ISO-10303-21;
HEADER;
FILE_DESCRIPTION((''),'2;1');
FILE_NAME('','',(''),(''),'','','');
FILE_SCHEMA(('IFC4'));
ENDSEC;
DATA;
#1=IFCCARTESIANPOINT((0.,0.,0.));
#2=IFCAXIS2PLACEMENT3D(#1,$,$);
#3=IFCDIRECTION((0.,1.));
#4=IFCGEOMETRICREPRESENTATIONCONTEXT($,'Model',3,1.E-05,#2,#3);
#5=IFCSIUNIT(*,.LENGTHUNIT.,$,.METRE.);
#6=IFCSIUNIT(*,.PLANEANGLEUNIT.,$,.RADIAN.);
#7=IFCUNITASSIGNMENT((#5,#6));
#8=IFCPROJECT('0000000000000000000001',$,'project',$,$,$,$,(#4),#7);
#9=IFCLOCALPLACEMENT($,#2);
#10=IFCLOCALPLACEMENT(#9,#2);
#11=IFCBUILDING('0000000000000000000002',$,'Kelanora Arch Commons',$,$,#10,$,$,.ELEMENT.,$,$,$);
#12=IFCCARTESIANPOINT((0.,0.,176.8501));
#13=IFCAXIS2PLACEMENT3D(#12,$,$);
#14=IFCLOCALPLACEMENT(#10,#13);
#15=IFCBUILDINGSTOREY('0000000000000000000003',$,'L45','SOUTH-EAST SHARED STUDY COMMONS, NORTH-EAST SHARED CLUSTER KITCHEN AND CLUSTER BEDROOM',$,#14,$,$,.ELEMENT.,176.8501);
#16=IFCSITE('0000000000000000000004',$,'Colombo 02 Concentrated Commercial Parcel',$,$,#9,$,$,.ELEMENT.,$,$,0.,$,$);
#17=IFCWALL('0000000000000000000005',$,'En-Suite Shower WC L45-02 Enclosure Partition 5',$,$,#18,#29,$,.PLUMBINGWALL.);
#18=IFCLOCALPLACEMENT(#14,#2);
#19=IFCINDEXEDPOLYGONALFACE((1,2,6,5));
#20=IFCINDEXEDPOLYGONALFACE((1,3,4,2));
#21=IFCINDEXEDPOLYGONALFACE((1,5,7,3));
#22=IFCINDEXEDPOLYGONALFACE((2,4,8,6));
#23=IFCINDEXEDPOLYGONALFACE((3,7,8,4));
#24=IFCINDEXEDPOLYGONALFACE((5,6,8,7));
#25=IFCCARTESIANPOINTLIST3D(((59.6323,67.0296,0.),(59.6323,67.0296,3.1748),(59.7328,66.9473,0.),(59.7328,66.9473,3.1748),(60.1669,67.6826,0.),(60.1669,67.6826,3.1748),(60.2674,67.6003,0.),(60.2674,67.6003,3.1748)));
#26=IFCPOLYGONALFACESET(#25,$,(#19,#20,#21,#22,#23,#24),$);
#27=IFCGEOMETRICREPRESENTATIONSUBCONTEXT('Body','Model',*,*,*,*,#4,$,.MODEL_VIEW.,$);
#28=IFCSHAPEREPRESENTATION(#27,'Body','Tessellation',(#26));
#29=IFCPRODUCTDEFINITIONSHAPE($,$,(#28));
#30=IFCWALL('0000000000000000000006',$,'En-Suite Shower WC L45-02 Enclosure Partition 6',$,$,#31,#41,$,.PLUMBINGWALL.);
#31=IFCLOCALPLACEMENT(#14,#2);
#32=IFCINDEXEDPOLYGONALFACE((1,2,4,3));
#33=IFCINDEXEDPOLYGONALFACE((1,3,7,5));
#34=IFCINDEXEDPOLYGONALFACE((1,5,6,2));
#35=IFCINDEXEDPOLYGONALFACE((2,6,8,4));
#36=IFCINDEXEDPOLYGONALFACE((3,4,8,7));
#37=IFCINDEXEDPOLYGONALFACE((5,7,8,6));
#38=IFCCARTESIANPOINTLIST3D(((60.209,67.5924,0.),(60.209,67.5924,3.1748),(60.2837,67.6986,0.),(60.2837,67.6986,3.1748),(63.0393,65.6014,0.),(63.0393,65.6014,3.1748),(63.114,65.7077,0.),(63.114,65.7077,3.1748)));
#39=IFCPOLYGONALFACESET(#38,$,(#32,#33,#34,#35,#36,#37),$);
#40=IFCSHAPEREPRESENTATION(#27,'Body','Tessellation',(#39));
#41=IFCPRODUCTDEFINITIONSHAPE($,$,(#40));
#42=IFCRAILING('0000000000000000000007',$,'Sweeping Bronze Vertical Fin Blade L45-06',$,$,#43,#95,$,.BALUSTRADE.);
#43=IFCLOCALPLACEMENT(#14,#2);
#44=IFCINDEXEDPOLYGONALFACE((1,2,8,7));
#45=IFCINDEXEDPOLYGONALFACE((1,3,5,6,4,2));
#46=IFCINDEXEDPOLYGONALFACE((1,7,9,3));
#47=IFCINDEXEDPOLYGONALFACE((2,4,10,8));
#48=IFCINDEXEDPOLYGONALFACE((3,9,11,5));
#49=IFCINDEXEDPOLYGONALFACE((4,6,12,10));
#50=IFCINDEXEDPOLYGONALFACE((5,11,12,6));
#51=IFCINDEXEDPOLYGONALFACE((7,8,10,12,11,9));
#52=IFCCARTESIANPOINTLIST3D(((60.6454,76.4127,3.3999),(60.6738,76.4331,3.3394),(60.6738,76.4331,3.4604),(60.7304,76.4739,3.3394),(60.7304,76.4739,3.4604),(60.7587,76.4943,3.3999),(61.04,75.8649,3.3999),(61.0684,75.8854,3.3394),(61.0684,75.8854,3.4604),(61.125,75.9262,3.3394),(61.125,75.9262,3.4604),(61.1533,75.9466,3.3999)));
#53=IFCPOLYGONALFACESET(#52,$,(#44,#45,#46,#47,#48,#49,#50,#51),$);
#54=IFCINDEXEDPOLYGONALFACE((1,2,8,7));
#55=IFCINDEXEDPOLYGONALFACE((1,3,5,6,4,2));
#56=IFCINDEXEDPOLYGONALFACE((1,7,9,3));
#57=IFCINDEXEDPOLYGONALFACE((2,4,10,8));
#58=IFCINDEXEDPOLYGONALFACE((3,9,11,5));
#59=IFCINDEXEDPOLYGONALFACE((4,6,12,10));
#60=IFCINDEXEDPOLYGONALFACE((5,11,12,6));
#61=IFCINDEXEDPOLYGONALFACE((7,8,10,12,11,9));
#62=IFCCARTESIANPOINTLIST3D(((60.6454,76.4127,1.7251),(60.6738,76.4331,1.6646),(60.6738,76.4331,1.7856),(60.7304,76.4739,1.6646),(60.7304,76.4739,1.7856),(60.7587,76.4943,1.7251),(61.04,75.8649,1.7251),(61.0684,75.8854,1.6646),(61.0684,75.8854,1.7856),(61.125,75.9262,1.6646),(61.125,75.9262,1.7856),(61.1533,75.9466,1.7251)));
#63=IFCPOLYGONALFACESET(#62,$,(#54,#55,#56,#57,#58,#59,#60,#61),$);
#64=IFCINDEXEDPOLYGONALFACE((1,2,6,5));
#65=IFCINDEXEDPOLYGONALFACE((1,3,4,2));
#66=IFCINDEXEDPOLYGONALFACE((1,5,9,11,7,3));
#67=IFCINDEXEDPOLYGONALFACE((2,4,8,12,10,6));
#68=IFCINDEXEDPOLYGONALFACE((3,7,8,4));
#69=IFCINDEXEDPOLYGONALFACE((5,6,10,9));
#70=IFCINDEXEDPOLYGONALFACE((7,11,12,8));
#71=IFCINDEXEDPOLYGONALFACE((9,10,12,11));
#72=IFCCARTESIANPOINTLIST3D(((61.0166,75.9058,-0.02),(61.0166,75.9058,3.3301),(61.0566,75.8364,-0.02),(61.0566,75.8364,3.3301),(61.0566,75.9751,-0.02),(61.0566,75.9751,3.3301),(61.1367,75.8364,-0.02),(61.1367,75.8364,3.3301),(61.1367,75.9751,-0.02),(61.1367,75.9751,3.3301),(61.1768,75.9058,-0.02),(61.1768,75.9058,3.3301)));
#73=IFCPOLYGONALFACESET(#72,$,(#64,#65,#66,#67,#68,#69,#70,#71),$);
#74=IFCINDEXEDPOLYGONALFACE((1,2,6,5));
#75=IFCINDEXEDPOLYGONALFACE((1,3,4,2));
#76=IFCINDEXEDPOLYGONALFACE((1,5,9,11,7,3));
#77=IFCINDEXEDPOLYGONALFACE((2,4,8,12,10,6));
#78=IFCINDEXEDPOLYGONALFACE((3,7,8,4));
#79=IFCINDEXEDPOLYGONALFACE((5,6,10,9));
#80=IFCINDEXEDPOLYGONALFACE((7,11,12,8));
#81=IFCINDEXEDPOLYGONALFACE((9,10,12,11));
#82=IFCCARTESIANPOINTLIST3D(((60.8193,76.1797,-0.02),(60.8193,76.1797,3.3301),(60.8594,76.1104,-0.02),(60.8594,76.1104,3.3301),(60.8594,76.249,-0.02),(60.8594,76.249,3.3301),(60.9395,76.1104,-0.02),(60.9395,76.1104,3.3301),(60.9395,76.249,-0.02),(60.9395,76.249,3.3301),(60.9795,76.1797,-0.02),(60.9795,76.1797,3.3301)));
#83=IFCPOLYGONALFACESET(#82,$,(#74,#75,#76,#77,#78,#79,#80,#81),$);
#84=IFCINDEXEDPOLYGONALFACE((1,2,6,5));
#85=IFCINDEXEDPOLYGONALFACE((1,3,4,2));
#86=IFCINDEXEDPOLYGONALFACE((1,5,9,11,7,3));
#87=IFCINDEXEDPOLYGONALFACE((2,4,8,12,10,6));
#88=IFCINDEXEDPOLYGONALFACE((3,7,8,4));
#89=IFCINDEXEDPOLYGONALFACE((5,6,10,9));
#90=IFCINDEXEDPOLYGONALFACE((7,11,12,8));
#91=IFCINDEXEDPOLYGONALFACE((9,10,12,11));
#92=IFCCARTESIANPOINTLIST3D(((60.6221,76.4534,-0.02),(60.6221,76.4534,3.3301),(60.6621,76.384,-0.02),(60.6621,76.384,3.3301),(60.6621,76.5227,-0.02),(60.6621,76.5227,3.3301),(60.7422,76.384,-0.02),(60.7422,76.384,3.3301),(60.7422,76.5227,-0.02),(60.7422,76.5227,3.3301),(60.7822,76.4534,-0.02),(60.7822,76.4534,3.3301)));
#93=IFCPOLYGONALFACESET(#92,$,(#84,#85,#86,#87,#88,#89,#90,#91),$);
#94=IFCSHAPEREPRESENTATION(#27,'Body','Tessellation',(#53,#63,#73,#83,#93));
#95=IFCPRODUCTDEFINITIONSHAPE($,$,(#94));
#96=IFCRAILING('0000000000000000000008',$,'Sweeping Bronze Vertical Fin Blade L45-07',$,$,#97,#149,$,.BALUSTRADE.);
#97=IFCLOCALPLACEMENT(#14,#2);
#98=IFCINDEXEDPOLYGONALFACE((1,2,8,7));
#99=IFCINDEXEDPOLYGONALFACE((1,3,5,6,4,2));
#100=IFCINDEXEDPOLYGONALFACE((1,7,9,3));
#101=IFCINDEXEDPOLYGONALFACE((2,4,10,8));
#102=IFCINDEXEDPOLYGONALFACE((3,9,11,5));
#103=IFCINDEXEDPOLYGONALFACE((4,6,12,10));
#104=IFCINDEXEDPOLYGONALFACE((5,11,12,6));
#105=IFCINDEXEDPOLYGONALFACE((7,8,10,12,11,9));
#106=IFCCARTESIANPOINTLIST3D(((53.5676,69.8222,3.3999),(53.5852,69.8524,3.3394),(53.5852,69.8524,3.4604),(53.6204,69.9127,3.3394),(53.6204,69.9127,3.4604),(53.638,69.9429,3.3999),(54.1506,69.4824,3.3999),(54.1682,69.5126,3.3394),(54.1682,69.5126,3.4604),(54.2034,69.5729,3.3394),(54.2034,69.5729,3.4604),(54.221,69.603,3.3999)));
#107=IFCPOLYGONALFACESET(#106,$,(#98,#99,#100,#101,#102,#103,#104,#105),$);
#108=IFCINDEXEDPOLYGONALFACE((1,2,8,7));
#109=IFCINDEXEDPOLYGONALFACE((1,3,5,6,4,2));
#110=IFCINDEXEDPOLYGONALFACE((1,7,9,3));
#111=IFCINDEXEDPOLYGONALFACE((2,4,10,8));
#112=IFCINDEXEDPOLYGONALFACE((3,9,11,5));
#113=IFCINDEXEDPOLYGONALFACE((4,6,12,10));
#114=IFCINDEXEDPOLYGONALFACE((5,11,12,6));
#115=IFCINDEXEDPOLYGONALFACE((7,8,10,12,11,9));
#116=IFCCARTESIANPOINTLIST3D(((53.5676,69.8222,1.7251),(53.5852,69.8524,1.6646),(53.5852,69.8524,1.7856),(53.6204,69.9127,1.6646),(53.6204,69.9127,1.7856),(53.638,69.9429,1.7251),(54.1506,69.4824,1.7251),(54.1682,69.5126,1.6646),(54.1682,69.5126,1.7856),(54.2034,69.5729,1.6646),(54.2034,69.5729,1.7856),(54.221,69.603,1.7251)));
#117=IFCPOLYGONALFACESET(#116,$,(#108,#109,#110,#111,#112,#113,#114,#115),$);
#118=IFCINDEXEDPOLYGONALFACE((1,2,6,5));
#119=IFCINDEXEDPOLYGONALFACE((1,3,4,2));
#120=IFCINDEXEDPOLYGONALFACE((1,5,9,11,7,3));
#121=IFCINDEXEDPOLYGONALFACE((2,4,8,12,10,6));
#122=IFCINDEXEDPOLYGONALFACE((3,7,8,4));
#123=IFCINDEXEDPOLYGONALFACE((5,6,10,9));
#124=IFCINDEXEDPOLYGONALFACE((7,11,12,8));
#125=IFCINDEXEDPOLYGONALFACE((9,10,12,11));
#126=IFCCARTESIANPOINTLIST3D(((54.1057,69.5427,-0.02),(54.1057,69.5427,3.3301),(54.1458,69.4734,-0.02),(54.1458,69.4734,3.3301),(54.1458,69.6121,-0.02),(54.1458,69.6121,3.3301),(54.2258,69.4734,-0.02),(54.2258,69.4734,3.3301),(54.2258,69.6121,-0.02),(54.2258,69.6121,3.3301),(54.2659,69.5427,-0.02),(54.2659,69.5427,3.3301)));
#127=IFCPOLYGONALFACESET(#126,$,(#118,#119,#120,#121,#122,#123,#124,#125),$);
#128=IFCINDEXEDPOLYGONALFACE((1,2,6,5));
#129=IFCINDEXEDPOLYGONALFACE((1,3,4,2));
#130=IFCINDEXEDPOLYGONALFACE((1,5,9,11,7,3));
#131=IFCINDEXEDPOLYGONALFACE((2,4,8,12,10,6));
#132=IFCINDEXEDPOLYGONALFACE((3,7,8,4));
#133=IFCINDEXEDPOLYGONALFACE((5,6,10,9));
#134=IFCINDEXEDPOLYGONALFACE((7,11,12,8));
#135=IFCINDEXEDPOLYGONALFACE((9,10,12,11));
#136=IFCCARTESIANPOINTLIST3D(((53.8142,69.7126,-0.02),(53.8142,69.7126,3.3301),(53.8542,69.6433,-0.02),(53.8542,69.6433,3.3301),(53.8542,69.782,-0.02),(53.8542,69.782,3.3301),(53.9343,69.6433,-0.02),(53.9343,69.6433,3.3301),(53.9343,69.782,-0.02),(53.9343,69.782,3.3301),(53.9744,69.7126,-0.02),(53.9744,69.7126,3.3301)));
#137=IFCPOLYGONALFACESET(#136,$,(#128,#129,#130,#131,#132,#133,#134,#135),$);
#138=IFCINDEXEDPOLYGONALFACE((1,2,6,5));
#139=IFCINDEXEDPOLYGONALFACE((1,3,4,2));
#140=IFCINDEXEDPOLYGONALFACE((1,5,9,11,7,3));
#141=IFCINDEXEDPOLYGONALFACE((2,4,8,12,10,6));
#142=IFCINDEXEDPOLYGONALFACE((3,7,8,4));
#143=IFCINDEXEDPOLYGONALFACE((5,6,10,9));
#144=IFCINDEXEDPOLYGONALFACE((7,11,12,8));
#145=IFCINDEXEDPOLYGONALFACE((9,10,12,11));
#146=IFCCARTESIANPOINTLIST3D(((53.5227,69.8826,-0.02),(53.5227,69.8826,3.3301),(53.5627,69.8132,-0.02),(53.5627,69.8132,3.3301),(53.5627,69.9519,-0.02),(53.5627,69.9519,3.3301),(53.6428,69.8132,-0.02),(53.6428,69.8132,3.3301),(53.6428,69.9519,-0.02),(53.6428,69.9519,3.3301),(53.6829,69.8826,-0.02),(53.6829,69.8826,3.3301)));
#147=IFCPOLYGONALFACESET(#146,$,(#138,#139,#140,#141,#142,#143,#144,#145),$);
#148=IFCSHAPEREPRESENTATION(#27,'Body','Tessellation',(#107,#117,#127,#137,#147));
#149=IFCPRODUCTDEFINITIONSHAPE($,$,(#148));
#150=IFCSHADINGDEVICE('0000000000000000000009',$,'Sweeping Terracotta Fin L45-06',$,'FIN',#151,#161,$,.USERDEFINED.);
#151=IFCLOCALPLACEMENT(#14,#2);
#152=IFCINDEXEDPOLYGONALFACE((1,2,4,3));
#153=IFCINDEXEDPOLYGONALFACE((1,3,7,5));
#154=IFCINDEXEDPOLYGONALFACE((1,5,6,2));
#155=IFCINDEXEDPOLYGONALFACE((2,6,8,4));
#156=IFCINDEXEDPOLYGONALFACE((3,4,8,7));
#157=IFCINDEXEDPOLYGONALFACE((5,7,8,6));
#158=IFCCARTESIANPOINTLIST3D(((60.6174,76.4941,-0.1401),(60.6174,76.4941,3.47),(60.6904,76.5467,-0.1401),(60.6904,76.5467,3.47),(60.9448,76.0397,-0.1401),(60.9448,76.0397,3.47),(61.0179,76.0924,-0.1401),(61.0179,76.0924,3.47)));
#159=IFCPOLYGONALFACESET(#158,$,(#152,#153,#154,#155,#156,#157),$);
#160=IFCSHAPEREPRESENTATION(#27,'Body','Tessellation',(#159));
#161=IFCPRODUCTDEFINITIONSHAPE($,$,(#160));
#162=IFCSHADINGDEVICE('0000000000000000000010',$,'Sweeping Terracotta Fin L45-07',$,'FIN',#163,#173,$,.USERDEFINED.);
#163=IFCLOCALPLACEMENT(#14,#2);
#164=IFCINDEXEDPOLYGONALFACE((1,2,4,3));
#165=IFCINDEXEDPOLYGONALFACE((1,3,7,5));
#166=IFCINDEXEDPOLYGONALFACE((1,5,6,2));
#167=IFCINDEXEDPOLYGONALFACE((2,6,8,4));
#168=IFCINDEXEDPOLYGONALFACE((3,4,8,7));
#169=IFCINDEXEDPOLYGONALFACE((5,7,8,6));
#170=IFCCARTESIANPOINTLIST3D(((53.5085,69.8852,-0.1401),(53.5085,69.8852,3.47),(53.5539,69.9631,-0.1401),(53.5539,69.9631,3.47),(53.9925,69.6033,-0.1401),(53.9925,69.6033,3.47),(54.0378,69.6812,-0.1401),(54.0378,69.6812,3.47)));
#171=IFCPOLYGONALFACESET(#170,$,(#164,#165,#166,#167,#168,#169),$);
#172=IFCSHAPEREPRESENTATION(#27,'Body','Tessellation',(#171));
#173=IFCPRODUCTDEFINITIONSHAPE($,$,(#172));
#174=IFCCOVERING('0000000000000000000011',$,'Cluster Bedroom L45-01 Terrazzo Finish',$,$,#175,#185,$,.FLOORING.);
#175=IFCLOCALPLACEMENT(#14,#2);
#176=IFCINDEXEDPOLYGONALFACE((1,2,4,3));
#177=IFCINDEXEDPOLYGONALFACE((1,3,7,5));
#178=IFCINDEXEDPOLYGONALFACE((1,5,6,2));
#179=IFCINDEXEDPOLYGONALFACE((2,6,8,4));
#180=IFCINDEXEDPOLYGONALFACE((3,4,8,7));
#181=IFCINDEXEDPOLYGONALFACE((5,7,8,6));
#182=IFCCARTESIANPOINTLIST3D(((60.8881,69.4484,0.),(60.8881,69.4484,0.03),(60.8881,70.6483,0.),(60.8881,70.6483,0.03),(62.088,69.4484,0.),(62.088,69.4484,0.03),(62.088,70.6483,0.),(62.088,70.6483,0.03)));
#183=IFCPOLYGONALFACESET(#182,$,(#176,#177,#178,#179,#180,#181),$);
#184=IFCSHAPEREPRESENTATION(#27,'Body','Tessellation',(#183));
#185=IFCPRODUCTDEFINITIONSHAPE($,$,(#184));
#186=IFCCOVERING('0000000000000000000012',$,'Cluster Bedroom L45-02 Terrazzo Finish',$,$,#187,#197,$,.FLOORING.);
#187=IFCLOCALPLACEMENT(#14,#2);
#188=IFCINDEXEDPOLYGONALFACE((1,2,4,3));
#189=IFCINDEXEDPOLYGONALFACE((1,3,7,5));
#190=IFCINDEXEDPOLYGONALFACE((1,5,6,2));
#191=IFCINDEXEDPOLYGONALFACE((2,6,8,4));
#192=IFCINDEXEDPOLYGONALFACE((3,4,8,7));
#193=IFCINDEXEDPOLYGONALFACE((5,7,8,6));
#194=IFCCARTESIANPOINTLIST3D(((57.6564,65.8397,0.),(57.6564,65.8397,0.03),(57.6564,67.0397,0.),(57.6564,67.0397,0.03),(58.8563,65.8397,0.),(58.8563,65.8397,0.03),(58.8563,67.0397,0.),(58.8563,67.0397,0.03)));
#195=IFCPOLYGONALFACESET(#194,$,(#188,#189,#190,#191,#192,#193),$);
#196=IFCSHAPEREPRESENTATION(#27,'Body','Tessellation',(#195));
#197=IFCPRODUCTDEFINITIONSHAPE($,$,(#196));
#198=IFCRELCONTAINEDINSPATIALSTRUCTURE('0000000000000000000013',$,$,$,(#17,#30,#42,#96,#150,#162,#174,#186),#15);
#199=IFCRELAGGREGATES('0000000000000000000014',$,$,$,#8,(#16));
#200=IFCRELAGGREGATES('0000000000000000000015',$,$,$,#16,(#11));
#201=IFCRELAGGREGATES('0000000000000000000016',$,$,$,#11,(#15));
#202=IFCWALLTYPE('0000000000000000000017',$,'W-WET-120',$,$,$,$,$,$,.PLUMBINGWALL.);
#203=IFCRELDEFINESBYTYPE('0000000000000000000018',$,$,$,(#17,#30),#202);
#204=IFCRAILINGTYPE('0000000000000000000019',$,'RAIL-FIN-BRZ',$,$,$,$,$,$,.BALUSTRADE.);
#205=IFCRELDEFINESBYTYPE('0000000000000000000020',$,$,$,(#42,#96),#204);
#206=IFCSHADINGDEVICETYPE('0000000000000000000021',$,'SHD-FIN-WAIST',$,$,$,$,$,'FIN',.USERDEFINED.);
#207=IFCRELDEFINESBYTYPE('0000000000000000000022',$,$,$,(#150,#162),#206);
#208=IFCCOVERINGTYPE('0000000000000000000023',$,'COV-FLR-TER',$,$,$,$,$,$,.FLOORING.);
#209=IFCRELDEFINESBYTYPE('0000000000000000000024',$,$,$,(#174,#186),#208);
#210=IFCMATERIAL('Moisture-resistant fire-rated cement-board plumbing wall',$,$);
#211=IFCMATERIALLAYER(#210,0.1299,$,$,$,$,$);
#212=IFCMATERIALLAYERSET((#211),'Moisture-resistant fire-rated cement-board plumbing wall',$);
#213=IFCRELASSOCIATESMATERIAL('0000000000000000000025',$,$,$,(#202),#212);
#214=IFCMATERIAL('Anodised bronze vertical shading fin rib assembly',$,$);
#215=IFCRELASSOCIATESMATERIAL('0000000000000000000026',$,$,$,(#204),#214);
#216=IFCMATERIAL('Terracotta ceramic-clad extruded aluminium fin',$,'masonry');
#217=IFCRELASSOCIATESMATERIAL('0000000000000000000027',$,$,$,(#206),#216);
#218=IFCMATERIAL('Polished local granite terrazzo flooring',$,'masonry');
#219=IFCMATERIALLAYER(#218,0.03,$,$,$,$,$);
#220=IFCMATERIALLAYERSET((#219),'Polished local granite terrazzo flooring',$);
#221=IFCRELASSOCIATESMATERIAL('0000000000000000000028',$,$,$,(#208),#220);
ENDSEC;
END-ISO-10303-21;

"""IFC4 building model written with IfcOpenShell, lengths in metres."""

from ifc_helpers import new_model, si_unit, direction, frame, frame_2d, origin, origin_2d, place, context, subcontext, project, spatial, polyline, rectangle, outline, extrude, source, transform, mapped, material, layer, layer_set, type_object, element, save


model = new_model("IFC4")

# Units and contexts
model_context = context("Model", 3, precision=1e-05, world=origin(), true_north=direction((0.0, 1.0)))
body_context = subcontext(model_context, "Body", "Model", "MODEL_VIEW")
ifc_project = project(units=[si_unit("LENGTHUNIT", "METRE"), si_unit("PLANEANGLEUNIT", "RADIAN")], contexts=[model_context])

# Site, building, storey
site_placement = place(None, origin())
site = spatial("IfcSite", under=ifc_project, at=site_placement, Name="Colombo 02 Concentrated Commercial Parcel", CompositionType="ELEMENT", RefElevation=0.0)
building_placement = place(site_placement, origin())
building = spatial("IfcBuilding", under=site, at=building_placement, Name="Kelanora Arch Commons", CompositionType="ELEMENT")
storey_placement = place(building_placement, frame((0.0, 0.0, 176.8501)))
storey = spatial("IfcBuildingStorey", under=building, at=storey_placement, Name="L45", Description="SOUTH-EAST SHARED STUDY COMMONS, NORTH-EAST SHARED CLUSTER KITCHEN AND CLUSTER BEDROOM", CompositionType="ELEMENT", Elevation=176.8501)

# Walls
ifc_material_1 = material(Name="Moisture-resistant fire-rated cement-board plumbing wall")
ifc_layer_1 = layer(ifc_material_1, 0.1299)
ifc_layer_set_1 = layer_set([ifc_layer_1], Name="Moisture-resistant fire-rated cement-board plumbing wall")
wall_type_1 = type_object("IfcWallType", Name="W-WET-120", PredefinedType="PLUMBINGWALL", material=ifc_layer_set_1)
wall_1_placement = place(storey_placement, frame((59.6826, 66.9885, 0.0), z_axis=(0.0, 0.0, 1.0), x_axis=(0.633474, 0.773764, 0.0)))
element("IfcWall", 1, at=wall_1_placement, inside=storey, type_object=wall_type_1, Name="En-Suite Shower WC L45-02 Enclosure Partition 5", PredefinedType="PLUMBINGWALL", context=body_context, shape_type="SweptSolid", body=[
    extrude(rectangle(XDim=0.844, YDim=0.1299, at=frame_2d((0.4219, 0.0))), origin(), (0.0, 0.0, 1.0), 3.1748),
])
wall_2_placement = place(storey_placement, frame((60.2463, 67.6455, 0.0), z_axis=(0.0, 0.0, 1.0), x_axis=(0.817907, -0.57535, 0.0)))
element("IfcWall", 2, at=wall_2_placement, inside=storey, type_object=wall_type_1, Name="En-Suite Shower WC L45-02 Enclosure Partition 6", PredefinedType="PLUMBINGWALL", context=body_context, shape_type="SweptSolid", body=[
    extrude(rectangle(XDim=3.4604, YDim=0.1299, at=frame_2d((1.7302, 0.0))), origin(), (0.0, 0.0, 1.0), 3.1748),
])

# Railings
ifc_material_2 = material(Name="Anodised bronze vertical shading fin rib assembly")
railing_type = type_object("IfcRailingType", Name="RAIL-FIN-BRZ", PredefinedType="BALUSTRADE", material=ifc_material_2)
railing_1_placement = place(storey_placement, frame((61.0967, 75.9058, -0.02)))
element("IfcRailing", 3, at=railing_1_placement, inside=storey, type_object=railing_type, Name="Sweeping Bronze Vertical Fin Blade L45-06", PredefinedType="BALUSTRADE", context=body_context, shape_type="SweptSolid", body=[
    extrude(outline(polyline([(0.0698, 0.0), (0.0349, 0.0605), (-0.0349, 0.0605), (-0.0698, 0.0), (-0.0349, -0.0605), (0.0349, -0.0605), (0.0698, 0.0)])), frame((0.0, 0.0, 3.4199), z_axis=(-0.584552, 0.811356, 0.0), x_axis=(-0.811356, -0.584552, 0.0)), (0.0, 0.0, 1.0), 0.675),
    extrude(outline(polyline([(0.0698, 0.0), (0.0349, 0.0605), (-0.0349, 0.0605), (-0.0698, 0.0), (-0.0349, -0.0605), (0.0349, -0.0605), (0.0698, 0.0)])), frame((0.0, 0.0, 1.7451), z_axis=(-0.584552, 0.811356, 0.0), x_axis=(-0.811356, -0.584552, 0.0)), (0.0, 0.0, 1.0), 0.675),
    extrude(outline(polyline([(0.0801, 0.0), (0.04, 0.0693), (-0.04, 0.0693), (-0.0801, 0.0), (-0.04, -0.0693), (0.04, -0.0693), (0.0801, 0.0)])), origin(), (0.0, 0.0, 1.0), 3.3501),
    extrude(outline(polyline([(0.0801, 0.0), (0.04, 0.0693), (-0.04, 0.0693), (-0.0801, 0.0), (-0.04, -0.0693), (0.04, -0.0693), (0.0801, 0.0)])), frame((-0.1973, 0.2739, 0.0)), (0.0, 0.0, 1.0), 3.3501),
    extrude(outline(polyline([(0.0801, 0.0), (0.04, 0.0693), (-0.04, 0.0693), (-0.0801, 0.0), (-0.04, -0.0693), (0.04, -0.0693), (0.0801, 0.0)])), frame((-0.3945, 0.5476, 0.0)), (0.0, 0.0, 1.0), 3.3501),
])
railing_2_placement = place(storey_placement, frame((54.1858, 69.5427, -0.02)))
element("IfcRailing", 4, at=railing_2_placement, inside=storey, type_object=railing_type, Name="Sweeping Bronze Vertical Fin Blade L45-07", PredefinedType="BALUSTRADE", context=body_context, shape_type="SweptSolid", body=[
    extrude(outline(polyline([(0.0698, 0.0), (0.0349, 0.0605), (-0.0349, 0.0605), (-0.0698, 0.0), (-0.0349, -0.0605), (0.0349, -0.0605), (0.0698, 0.0)])), frame((0.0, 0.0, 3.4199), z_axis=(-0.863936, 0.503601, 0.0), x_axis=(-0.503601, -0.863936, 0.0)), (0.0, 0.0, 1.0), 0.6748),
    extrude(outline(polyline([(0.0698, 0.0), (0.0349, 0.0605), (-0.0349, 0.0605), (-0.0698, 0.0), (-0.0349, -0.0605), (0.0349, -0.0605), (0.0698, 0.0)])), frame((0.0, 0.0, 1.7451), z_axis=(-0.863936, 0.503601, 0.0), x_axis=(-0.503601, -0.863936, 0.0)), (0.0, 0.0, 1.0), 0.6748),
    extrude(outline(polyline([(0.0801, 0.0), (0.04, 0.0693), (-0.04, 0.0693), (-0.0801, 0.0), (-0.04, -0.0693), (0.04, -0.0693), (0.0801, 0.0)])), origin(), (0.0, 0.0, 1.0), 3.3501),
    extrude(outline(polyline([(0.0801, 0.0), (0.04, 0.0693), (-0.04, 0.0693), (-0.0801, 0.0), (-0.04, -0.0693), (0.04, -0.0693), (0.0801, 0.0)])), frame((-0.2915, 0.1699, 0.0)), (0.0, 0.0, 1.0), 3.3501),
    extrude(outline(polyline([(0.0801, 0.0), (0.04, 0.0693), (-0.04, 0.0693), (-0.0801, 0.0), (-0.04, -0.0693), (0.04, -0.0693), (0.0801, 0.0)])), frame((-0.583, 0.3398, 0.0)), (0.0, 0.0, 1.0), 3.3501),
])

# Shading devices
ifc_material_3 = material(Name="Terracotta ceramic-clad extruded aluminium fin", Category="masonry")
shading_device_type = type_object("IfcShadingDeviceType", Name="SHD-FIN-WAIST", ElementType="FIN", PredefinedType="USERDEFINED", material=ifc_material_3)
shared_shape_1 = source(origin(), body_context, "Body", "SweptSolid", [
    extrude(rectangle(XDim=0.5601, YDim=0.0901, at=origin_2d()), origin(), (0.0, 0.0, 1.0), 3.6101),
])
for number, where, z_axis, x_axis, name in (
    (5, (60.8176, 76.2932, -0.1401), (0.0, 0.0, 1.0), (-0.584675, 0.811268, 0.0), "Sweeping Terracotta Fin L45-06"),
    (6, (53.7732, 69.7832, -0.1401), (0.0, 0.0, 1.0), (-0.864099, 0.503322, 0.0), "Sweeping Terracotta Fin L45-07"),
):
    element("IfcShadingDevice", number, at=place(storey_placement, frame(where, z_axis=z_axis, x_axis=x_axis)), inside=storey, type_object=shading_device_type, Name=name, ObjectType="FIN", PredefinedType="USERDEFINED", context=body_context, shape_type="MappedRepresentation", body=[
        mapped(shared_shape_1, transform((0.0, 0.0, 0.0), scale=1.0)),
    ])

# Coverings
ifc_material_4 = material(Name="Polished local granite terrazzo flooring", Category="masonry")
ifc_layer_2 = layer(ifc_material_4, 0.03)
ifc_layer_set_2 = layer_set([ifc_layer_2], Name="Polished local granite terrazzo flooring")
covering_type = type_object("IfcCoveringType", Name="COV-FLR-TER", PredefinedType="FLOORING", material=ifc_layer_set_2)
shared_shape_2 = source(origin(), body_context, "Body", "SweptSolid", [
    extrude(rectangle(XDim=1.2, YDim=1.2, at=origin_2d()), origin(), (0.0, 0.0, 1.0), 0.03),
])
for number, where, z_axis, x_axis, name in (
    (7, (61.488, 70.0483, 0.0), (0.0, 0.0, 1.0), (1.0, 0.0, 0.0), "Cluster Bedroom L45-01 Terrazzo Finish"),
    (8, (58.2563, 66.4397, 0.0), (0.0, 0.0, 1.0), (1.0, 0.0, 0.0), "Cluster Bedroom L45-02 Terrazzo Finish"),
):
    element("IfcCovering", number, at=place(storey_placement, frame(where, z_axis=z_axis, x_axis=x_axis)), inside=storey, type_object=covering_type, Name=name, PredefinedType="FLOORING", context=body_context, shape_type="MappedRepresentation", body=[
        mapped(shared_shape_2, transform((0.0, 0.0, 0.0), scale=1.0)),
    ])

save(model, "model.ifc")
